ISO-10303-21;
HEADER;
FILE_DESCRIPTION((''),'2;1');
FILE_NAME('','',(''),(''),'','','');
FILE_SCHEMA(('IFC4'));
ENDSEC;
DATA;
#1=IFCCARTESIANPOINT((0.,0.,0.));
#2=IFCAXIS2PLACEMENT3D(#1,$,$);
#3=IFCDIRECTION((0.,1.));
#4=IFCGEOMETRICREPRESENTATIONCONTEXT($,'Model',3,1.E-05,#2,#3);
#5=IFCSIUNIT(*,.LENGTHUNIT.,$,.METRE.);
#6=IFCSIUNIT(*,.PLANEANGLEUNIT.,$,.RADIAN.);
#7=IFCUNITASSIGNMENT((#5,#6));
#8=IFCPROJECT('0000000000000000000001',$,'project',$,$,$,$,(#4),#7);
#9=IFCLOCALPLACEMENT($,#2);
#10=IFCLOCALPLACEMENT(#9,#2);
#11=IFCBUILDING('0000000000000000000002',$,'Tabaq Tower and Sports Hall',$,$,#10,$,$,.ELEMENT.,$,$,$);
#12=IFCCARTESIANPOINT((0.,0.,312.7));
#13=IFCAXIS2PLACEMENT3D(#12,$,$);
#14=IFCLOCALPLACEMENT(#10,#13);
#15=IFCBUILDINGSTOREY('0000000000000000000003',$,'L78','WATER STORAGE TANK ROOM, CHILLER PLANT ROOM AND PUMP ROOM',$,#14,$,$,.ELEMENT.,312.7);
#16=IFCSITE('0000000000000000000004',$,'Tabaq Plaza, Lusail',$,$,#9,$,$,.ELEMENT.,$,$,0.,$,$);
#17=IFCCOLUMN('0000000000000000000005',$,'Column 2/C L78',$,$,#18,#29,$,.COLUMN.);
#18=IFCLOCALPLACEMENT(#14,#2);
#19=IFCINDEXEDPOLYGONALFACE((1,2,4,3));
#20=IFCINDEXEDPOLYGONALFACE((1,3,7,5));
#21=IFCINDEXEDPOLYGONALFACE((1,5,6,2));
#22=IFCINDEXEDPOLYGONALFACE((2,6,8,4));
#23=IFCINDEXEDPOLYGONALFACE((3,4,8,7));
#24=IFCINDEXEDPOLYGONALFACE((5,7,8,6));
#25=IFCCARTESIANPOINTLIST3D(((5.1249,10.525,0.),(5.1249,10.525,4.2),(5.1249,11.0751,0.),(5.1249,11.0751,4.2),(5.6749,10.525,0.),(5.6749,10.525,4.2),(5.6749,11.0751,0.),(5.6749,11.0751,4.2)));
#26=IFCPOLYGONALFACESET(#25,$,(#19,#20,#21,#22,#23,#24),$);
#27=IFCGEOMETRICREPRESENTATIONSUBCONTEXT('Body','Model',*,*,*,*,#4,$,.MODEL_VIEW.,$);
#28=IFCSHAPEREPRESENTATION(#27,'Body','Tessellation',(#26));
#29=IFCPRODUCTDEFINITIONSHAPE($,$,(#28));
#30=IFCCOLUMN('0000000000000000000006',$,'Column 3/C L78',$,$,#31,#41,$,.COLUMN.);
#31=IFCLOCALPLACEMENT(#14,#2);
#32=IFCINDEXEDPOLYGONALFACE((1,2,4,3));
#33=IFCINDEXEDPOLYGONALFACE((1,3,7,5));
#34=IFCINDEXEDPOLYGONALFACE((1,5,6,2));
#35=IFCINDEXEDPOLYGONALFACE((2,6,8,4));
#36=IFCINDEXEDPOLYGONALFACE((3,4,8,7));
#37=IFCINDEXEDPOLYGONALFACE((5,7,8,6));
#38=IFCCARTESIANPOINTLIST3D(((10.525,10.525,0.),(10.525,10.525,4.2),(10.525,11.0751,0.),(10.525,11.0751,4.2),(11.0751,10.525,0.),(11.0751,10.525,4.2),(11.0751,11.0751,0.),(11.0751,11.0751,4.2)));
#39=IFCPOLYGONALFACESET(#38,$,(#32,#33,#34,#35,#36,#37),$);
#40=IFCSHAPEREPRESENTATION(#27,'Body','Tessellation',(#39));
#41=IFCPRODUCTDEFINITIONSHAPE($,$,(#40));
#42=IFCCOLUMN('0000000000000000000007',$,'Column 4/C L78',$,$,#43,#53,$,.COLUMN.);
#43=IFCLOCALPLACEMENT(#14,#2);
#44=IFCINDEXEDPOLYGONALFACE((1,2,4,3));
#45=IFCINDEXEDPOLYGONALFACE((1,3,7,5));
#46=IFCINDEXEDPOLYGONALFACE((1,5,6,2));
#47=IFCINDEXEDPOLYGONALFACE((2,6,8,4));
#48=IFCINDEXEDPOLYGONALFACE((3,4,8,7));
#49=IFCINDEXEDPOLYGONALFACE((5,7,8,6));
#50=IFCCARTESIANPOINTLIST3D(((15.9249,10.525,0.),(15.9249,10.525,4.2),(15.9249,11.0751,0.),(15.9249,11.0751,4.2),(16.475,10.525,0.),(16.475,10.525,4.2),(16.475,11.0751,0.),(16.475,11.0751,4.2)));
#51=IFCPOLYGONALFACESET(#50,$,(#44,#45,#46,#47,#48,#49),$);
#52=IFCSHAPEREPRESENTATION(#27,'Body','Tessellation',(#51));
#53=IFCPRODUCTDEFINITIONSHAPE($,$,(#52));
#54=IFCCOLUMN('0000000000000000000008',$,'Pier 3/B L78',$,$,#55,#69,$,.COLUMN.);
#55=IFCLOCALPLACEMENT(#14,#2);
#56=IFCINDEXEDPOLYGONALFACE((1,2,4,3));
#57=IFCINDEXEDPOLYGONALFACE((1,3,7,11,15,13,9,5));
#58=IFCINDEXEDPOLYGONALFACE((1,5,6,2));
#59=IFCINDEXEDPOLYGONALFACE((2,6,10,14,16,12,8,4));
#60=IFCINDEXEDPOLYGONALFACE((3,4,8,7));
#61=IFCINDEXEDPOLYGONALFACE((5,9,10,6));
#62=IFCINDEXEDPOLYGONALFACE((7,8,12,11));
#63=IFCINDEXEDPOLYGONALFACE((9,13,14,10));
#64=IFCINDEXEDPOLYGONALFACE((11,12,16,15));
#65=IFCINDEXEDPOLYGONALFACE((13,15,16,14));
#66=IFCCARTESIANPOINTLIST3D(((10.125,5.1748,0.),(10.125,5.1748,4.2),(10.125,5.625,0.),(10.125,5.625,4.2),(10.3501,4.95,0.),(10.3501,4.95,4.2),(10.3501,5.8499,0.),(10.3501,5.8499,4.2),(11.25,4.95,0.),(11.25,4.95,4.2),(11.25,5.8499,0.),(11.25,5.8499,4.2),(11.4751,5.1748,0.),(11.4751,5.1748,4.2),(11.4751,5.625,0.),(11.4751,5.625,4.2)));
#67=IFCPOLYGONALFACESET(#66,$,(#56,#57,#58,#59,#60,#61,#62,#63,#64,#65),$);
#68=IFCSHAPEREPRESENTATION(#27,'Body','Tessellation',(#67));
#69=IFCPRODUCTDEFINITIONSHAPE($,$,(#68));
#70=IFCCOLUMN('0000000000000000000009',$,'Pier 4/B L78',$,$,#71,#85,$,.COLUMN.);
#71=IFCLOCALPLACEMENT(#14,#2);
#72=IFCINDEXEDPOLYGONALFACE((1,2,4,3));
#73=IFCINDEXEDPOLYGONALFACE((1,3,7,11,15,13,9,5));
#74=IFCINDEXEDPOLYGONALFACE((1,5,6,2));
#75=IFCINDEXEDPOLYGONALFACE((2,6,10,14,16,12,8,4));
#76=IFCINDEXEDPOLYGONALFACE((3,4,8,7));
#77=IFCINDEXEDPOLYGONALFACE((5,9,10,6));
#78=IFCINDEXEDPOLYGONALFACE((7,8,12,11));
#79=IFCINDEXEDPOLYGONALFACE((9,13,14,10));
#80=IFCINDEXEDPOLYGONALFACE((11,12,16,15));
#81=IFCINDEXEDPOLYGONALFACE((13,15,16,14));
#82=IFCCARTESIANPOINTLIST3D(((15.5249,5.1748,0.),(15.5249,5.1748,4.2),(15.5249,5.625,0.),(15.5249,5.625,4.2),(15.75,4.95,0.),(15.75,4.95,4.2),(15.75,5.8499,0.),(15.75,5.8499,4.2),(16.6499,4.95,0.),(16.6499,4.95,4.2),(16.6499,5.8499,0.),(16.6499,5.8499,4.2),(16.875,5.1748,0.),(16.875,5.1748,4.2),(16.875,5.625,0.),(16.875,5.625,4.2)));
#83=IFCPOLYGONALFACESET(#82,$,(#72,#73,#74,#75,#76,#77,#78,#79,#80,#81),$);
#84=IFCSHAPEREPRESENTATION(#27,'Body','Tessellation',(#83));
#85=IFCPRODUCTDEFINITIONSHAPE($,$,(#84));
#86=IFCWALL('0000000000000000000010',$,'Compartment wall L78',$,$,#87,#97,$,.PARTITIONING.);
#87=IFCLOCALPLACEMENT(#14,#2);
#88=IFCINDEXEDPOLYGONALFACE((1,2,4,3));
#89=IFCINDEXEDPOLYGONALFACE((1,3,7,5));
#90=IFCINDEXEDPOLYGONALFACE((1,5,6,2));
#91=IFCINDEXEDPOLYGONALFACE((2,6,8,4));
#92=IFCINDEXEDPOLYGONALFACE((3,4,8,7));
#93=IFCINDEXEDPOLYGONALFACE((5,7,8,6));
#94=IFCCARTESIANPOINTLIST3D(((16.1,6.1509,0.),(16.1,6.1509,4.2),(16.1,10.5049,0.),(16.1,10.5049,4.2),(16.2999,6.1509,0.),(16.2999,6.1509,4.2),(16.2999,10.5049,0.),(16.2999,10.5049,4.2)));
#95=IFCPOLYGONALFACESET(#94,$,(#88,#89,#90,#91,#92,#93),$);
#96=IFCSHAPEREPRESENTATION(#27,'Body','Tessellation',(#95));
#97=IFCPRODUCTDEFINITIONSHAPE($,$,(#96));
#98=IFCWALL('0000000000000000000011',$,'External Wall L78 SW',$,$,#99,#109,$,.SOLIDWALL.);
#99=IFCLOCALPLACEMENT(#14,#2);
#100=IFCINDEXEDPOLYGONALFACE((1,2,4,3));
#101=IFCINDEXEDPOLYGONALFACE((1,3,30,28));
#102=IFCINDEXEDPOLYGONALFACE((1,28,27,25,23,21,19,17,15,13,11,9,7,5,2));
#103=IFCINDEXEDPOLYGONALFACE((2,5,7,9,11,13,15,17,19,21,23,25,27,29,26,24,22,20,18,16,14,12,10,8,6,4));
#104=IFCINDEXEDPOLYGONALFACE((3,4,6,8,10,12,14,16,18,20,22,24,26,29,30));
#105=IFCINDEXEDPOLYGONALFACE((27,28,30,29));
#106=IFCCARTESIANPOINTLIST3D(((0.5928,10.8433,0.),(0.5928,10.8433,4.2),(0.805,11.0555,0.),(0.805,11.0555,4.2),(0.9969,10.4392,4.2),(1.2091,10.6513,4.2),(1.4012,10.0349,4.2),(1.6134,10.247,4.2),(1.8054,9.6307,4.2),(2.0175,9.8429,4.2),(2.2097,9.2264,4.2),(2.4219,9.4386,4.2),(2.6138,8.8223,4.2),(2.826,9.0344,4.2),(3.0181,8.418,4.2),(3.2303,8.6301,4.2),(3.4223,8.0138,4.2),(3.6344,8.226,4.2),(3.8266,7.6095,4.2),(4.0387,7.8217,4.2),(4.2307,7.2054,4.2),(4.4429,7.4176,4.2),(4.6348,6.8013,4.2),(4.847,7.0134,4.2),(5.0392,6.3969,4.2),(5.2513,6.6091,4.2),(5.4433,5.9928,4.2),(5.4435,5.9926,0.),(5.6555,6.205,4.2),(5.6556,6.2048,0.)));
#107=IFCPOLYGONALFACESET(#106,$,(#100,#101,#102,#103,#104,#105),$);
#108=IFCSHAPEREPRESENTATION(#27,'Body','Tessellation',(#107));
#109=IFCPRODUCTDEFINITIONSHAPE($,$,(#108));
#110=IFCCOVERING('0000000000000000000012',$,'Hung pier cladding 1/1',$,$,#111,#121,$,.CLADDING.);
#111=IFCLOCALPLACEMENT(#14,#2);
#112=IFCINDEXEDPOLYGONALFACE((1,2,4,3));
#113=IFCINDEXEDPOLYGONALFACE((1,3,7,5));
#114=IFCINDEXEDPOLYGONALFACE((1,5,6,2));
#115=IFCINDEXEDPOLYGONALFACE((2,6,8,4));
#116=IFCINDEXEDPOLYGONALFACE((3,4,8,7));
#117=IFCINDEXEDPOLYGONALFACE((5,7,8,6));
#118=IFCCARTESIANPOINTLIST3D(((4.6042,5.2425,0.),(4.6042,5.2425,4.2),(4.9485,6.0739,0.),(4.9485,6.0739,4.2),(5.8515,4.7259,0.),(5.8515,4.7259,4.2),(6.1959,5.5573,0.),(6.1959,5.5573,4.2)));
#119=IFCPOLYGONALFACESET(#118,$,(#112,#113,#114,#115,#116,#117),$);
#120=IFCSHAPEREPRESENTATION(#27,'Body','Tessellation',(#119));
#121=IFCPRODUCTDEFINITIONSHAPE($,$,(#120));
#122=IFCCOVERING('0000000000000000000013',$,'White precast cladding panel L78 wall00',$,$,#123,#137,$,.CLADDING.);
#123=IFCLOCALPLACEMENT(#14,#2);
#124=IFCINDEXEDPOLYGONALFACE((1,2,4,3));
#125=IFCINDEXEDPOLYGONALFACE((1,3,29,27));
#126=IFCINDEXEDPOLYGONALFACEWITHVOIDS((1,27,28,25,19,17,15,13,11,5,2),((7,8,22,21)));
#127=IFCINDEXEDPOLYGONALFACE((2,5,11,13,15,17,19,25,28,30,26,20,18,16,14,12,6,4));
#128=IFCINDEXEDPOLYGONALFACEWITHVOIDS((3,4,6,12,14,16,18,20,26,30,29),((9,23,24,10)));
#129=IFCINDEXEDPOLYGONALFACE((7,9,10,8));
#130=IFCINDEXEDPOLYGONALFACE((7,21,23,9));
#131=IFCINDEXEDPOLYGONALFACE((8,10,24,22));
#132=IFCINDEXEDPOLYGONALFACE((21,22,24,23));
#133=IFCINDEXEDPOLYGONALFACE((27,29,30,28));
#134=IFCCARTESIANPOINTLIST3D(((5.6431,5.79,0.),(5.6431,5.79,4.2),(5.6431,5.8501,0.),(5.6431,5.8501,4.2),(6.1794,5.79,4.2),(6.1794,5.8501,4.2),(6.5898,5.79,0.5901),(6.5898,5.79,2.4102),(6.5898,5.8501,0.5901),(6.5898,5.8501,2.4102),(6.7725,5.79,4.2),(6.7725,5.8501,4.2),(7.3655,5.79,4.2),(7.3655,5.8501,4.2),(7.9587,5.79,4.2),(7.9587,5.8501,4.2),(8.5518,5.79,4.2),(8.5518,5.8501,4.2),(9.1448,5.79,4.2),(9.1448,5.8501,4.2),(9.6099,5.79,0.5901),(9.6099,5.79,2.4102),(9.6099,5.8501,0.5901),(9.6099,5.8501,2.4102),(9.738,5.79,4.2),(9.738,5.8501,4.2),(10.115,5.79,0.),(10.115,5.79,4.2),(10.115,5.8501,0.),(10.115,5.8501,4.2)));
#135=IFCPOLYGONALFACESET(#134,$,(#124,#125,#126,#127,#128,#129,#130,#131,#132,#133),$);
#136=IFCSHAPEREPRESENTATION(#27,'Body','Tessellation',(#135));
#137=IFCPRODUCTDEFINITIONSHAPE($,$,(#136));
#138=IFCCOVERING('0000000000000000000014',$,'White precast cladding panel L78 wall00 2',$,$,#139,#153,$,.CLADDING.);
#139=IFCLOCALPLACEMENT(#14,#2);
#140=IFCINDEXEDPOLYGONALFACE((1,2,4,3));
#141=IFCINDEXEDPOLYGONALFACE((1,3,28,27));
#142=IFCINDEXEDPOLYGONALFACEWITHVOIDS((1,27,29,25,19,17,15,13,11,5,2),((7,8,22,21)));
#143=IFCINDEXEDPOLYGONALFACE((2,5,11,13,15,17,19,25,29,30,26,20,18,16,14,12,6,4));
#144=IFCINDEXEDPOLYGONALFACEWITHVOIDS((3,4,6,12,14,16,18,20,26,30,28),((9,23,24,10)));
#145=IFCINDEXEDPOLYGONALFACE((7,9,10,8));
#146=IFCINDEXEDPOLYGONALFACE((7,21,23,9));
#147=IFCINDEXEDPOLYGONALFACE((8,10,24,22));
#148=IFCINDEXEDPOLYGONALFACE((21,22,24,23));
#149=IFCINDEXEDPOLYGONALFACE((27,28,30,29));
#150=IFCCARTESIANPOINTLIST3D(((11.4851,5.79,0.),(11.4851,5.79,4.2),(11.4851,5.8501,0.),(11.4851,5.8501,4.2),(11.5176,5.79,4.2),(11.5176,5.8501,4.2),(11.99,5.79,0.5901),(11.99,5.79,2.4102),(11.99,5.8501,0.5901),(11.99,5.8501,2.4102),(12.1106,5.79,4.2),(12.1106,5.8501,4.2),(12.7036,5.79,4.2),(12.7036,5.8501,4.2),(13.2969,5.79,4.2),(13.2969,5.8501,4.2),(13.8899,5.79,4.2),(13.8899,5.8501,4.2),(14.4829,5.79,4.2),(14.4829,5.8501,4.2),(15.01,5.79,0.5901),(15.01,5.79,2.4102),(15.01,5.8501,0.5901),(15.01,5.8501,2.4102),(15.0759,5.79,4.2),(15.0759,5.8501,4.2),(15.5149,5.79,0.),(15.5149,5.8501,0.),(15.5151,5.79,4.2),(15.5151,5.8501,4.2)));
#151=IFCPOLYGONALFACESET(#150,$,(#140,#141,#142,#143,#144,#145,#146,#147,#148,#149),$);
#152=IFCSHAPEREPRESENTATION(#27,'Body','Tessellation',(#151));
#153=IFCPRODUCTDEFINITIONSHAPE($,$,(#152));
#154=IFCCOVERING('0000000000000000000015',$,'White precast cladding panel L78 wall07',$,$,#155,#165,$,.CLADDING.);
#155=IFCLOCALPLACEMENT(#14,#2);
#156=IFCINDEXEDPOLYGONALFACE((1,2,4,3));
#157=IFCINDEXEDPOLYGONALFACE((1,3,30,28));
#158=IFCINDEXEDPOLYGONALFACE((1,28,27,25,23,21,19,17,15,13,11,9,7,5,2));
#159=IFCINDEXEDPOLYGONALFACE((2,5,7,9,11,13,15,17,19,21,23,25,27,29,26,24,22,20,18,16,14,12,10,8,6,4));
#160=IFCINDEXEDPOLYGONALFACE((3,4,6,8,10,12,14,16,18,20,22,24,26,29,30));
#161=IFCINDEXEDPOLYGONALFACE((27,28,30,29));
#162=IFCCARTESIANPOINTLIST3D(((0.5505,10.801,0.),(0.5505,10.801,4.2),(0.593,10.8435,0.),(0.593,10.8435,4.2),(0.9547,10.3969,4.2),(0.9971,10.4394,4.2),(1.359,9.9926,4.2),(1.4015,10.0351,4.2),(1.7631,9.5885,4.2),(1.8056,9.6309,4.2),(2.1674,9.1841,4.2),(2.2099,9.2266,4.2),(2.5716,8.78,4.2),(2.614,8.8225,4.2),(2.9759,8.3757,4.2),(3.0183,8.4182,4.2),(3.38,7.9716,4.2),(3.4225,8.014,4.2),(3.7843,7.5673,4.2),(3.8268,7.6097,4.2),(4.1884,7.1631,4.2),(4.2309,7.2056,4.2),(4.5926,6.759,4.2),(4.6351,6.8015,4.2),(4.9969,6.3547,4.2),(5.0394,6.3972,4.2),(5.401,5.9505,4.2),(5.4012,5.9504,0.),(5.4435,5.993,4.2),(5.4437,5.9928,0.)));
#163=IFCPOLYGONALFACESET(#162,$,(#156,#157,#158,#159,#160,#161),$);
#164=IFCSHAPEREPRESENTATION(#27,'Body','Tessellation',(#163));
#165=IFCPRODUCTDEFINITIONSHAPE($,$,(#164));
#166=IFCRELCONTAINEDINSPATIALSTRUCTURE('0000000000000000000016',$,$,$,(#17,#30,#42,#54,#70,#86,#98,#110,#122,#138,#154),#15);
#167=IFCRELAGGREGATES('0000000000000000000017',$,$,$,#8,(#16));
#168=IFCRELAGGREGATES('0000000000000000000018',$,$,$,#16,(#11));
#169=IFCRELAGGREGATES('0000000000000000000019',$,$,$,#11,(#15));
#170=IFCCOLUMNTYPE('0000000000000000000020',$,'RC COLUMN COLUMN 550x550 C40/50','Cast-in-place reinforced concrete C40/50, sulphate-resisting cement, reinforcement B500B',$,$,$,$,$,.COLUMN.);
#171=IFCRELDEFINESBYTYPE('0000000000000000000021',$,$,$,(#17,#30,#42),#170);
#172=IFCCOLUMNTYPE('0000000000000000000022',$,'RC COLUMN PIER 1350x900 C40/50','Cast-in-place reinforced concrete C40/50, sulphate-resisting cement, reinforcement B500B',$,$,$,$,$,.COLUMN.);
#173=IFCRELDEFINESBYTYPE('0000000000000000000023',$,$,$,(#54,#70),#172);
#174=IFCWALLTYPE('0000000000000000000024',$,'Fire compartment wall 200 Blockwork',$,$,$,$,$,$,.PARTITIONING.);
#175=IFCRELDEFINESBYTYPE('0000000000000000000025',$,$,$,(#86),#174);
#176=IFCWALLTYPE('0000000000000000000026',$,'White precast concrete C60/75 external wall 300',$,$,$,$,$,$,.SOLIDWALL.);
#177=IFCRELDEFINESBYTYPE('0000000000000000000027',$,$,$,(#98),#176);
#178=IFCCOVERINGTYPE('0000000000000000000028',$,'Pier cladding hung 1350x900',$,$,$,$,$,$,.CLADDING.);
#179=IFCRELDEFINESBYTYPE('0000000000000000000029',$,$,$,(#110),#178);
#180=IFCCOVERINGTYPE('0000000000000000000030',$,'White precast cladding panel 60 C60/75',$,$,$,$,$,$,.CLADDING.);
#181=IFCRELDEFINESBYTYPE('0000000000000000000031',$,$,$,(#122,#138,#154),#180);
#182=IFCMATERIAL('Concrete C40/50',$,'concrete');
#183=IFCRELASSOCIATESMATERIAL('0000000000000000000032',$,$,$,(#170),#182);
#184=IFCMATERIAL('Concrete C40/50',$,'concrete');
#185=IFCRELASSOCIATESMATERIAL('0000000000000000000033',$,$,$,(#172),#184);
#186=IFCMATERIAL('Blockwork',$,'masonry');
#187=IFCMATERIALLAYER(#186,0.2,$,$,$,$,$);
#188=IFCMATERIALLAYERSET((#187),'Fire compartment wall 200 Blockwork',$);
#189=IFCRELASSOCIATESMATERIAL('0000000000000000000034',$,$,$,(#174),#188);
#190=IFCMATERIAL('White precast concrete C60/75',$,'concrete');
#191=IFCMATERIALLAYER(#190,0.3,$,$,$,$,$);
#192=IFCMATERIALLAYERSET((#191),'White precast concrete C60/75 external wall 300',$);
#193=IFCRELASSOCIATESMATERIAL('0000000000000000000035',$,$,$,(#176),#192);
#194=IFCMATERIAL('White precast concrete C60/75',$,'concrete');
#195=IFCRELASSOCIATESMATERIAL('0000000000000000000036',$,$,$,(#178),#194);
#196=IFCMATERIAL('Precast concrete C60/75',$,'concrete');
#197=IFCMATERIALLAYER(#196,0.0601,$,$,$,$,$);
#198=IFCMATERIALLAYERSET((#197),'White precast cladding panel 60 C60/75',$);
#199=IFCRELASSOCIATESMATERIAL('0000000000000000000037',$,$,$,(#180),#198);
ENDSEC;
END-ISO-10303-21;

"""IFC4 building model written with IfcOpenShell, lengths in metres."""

from ifc_helpers import new_model, si_unit, direction, frame, frame_2d, origin, origin_2d, place, context, subcontext, project, spatial, polyline, rectangle, outline, extrude, material, layer, layer_set, material_profile, profile_set, type_object, element, save


model = new_model("IFC4")

# Units and contexts
model_context = context("Model", 3, precision=1e-05, world=origin(), true_north=direction((0.0, 1.0)))
body_context = subcontext(model_context, "Body", "Model", "MODEL_VIEW")
ifc_project = project(units=[si_unit("LENGTHUNIT", "METRE"), si_unit("PLANEANGLEUNIT", "RADIAN")], contexts=[model_context])

# Site, building, storey
site_placement = place(None, origin())
site = spatial("IfcSite", under=ifc_project, at=site_placement, Name="Tabaq Plaza, Lusail", CompositionType="ELEMENT", RefElevation=0.0)
building_placement = place(site_placement, origin())
building = spatial("IfcBuilding", under=site, at=building_placement, Name="Tabaq Tower and Sports Hall", CompositionType="ELEMENT")
storey_placement = place(building_placement, frame((0.0, 0.0, 312.7)))
storey = spatial("IfcBuildingStorey", under=building, at=storey_placement, Name="L78", Description="WATER STORAGE TANK ROOM, CHILLER PLANT ROOM AND PUMP ROOM", CompositionType="ELEMENT", Elevation=312.7)

# Columns
ifc_material_1 = material(Name="Concrete C40/50", Category="concrete")
ifc_material_profile_1 = material_profile(ifc_material_1, rectangle(XDim=0.55, YDim=0.55, at=origin_2d()), Name="COLUMN 550x550")
ifc_profile_set_1 = profile_set([ifc_material_profile_1], Name="Concrete C40/50")
column_type_1 = type_object("IfcColumnType", Name="RC COLUMN COLUMN 550x550 C40/50", Description="Cast-in-place reinforced concrete C40/50, sulphate-resisting cement, reinforcement B500B", PredefinedType="COLUMN", material=ifc_profile_set_1)
for number, where, z_axis, x_axis, name in (
    (1, (5.3999, 10.8, 0.0), (0.0, 0.0, 1.0), (1.0, 0.0, 0.0), "Column 2/C L78"),
    (2, (10.8, 10.8, 0.0), (0.0, 0.0, 1.0), (1.0, 0.0, 0.0), "Column 3/C L78"),
    (3, (16.2, 10.8, 0.0), (0.0, 0.0, 1.0), (1.0, 0.0, 0.0), "Column 4/C L78"),
):
    element("IfcColumn", number, at=place(storey_placement, frame(where, z_axis=z_axis, x_axis=x_axis)), inside=storey, type_object=column_type_1, Name=name, PredefinedType="COLUMN", context=body_context, shape_type="SweptSolid", body=[
        extrude(rectangle(XDim=0.55, YDim=0.55, at=origin_2d()), origin(), (0.0, 0.0, 1.0), 4.2),
    ])
ifc_material_2 = material(Name="Concrete C40/50", Category="concrete")
ifc_material_profile_2 = material_profile(ifc_material_2, outline(polyline([(-0.45, -0.45), (0.45, -0.45), (0.675, -0.2251), (0.675, 0.2251), (0.45, 0.45), (-0.45, 0.45), (-0.675, 0.2251), (-0.675, -0.2251), (-0.45, -0.45)])), Name="PIER 1350x900")
ifc_profile_set_2 = profile_set([ifc_material_profile_2], Name="Concrete C40/50")
column_type_2 = type_object("IfcColumnType", Name="RC COLUMN PIER 1350x900 C40/50", Description="Cast-in-place reinforced concrete C40/50, sulphate-resisting cement, reinforcement B500B", PredefinedType="COLUMN", material=ifc_profile_set_2)
for number, where, z_axis, x_axis, name in (
    (4, (10.8, 5.3999, 0.0), (0.0, 0.0, 1.0), (1.0, 0.0, 0.0), "Pier 3/B L78"),
    (5, (16.2, 5.3999, 0.0), (0.0, 0.0, 1.0), (1.0, 0.0, 0.0), "Pier 4/B L78"),
):
    element("IfcColumn", number, at=place(storey_placement, frame(where, z_axis=z_axis, x_axis=x_axis)), inside=storey, type_object=column_type_2, Name=name, PredefinedType="COLUMN", context=body_context, shape_type="SweptSolid", body=[
        extrude(outline(polyline([(-0.45, -0.45), (0.45, -0.45), (0.675, -0.2251), (0.675, 0.2251), (0.45, 0.45), (-0.45, 0.45), (-0.675, 0.2251), (-0.675, -0.2251), (-0.45, -0.45)])), origin(), (0.0, 0.0, 1.0), 4.2),
    ])

# Wall
ifc_material_3 = material(Name="Blockwork", Category="masonry")
ifc_layer_1 = layer(ifc_material_3, 0.2)
ifc_layer_set_1 = layer_set([ifc_layer_1], Name="Fire compartment wall 200 Blockwork")
wall_type_1 = type_object("IfcWallType", Name="Fire compartment wall 200 Blockwork", PredefinedType="PARTITIONING", material=ifc_layer_set_1)
wall_1_placement = place(storey_placement, frame((16.2, 10.5049, 0.0), z_axis=(0.0, 0.0, 1.0), x_axis=(0.0, -1.0, 0.0)))
element("IfcWall", 6, at=wall_1_placement, inside=storey, type_object=wall_type_1, Name="Compartment wall L78", PredefinedType="PARTITIONING", context=body_context, shape_type="SweptSolid", body=[
    extrude(rectangle(XDim=4.354, YDim=0.2, at=frame_2d((2.177, 0.0))), origin(), (0.0, 0.0, 1.0), 4.2),
])

# Shared definitions
ifc_material_4 = material(Name="White precast concrete C60/75", Category="concrete")
ifc_layer_2 = layer(ifc_material_4, 0.3)
ifc_layer_set_2 = layer_set([ifc_layer_2], Name="White precast concrete C60/75 external wall 300")
wall_type_2 = type_object("IfcWallType", Name="White precast concrete C60/75 external wall 300", PredefinedType="SOLIDWALL", material=ifc_layer_set_2)

# Wall
wall_2_placement = place(storey_placement, frame((0.699, 10.9495, 0.0), z_axis=(0.0, 0.0, 1.0), x_axis=(0.707107, -0.707107, 0.0)))
element("IfcWall", 7, at=wall_2_placement, inside=storey, type_object=wall_type_2, Name="External Wall L78 SW", PredefinedType="SOLIDWALL", context=body_context, shape_type="SweptSolid", body=[
    extrude(outline(polyline([(0.0, 0.0), (6.8599, 0.0), (6.8596, 4.2), (6.2881, 4.2), (5.7163, 4.2), (5.1448, 4.2), (4.5732, 4.2), (4.0015, 4.2), (3.4299, 4.2), (2.8582, 4.2), (2.2866, 4.2), (1.7148, 4.2), (1.1433, 4.2), (0.5715, 4.2), (0.0, 4.2), (0.0, 0.0)])), frame((0.0, 0.1499, 0.0), z_axis=(0.0, -1.0, 0.0), x_axis=(1.0, 0.0, 0.0)), (0.0, 0.0, 1.0), 0.3),
])

# Coverings
ifc_material_5 = material(Name="White precast concrete C60/75", Category="concrete")
covering_type_1 = type_object("IfcCoveringType", Name="Pier cladding hung 1350x900", PredefinedType="CLADDING", material=ifc_material_5)
covering_1_placement = place(storey_placement, frame((4.7764, 5.6582, 0.0), z_axis=(0.0, 0.0, 1.0), x_axis=(0.923893, -0.38265, 0.0)))
element("IfcCovering", 8, at=covering_1_placement, inside=storey, type_object=covering_type_1, Name="Hung pier cladding 1/1", PredefinedType="CLADDING", context=body_context, shape_type="SweptSolid", body=[
    extrude(rectangle(XDim=1.3501, YDim=0.8999, at=frame_2d((0.675, 0.0))), origin(), (0.0, 0.0, 1.0), 4.2),
])
ifc_material_6 = material(Name="Precast concrete C60/75", Category="concrete")
ifc_layer_3 = layer(ifc_material_6, 0.0601)
ifc_layer_set_3 = layer_set([ifc_layer_3], Name="White precast cladding panel 60 C60/75")
covering_type_2 = type_object("IfcCoveringType", Name="White precast cladding panel 60 C60/75", PredefinedType="CLADDING", material=ifc_layer_set_3)
covering_2_placement = place(storey_placement, frame((5.6431, 5.8201, 0.0), z_axis=(0.0, 0.0, 1.0), x_axis=(1.0, 0.0, 0.0)))
element("IfcCovering", 9, at=covering_2_placement, inside=storey, type_object=covering_type_2, Name="White precast cladding panel L78 wall00", PredefinedType="CLADDING", context=body_context, shape_type="SweptSolid", body=[
    extrude(outline(polyline([(0.0, 0.0), (4.4719, 0.0), (4.4719, 4.2), (4.095, 4.2), (3.5017, 4.2), (2.9087, 4.2), (2.3157, 4.2), (1.7224, 4.2), (1.1294, 4.2), (0.5364, 4.2), (0.0, 4.2), (0.0, 0.0)]), holes=[polyline([(0.9468, 0.5901), (0.9468, 2.4102), (3.9668, 2.4102), (3.9668, 0.5901), (0.9468, 0.5901)])]), frame((0.0, 0.03, 0.0), z_axis=(0.0, -1.0, 0.0), x_axis=(1.0, 0.0, 0.0)), (0.0, 0.0, 1.0), 0.0601),
])
covering_3_placement = place(storey_placement, frame((11.4851, 5.8201, 0.0), z_axis=(0.0, 0.0, 1.0), x_axis=(1.0, 0.0, 0.0)))
element("IfcCovering", 10, at=covering_3_placement, inside=storey, type_object=covering_type_2, Name="White precast cladding panel L78 wall00 2", PredefinedType="CLADDING", context=body_context, shape_type="SweptSolid", body=[
    extrude(outline(polyline([(0.0, 0.0), (4.0298, 0.0), (4.03, 4.2), (3.5908, 4.2), (2.9978, 4.2), (2.4048, 4.2), (1.8118, 4.2), (1.2185, 4.2), (0.6255, 4.2), (0.0325, 4.2), (0.0, 4.2), (0.0, 0.0)]), holes=[polyline([(0.5049, 0.5901), (0.5049, 2.4102), (3.5249, 2.4102), (3.5249, 0.5901), (0.5049, 0.5901)])]), frame((0.0, 0.03, 0.0), z_axis=(0.0, -1.0, 0.0), x_axis=(1.0, 0.0, 0.0)), (0.0, 0.0, 1.0), 0.0601),
])
covering_4_placement = place(storey_placement, frame((0.5718, 10.8223, 0.0), z_axis=(0.0, 0.0, 1.0), x_axis=(0.707107, -0.707107, 0.0)))
element("IfcCovering", 11, at=covering_4_placement, inside=storey, type_object=covering_type_2, Name="White precast cladding panel L78 wall07", PredefinedType="CLADDING", context=body_context, shape_type="SweptSolid", body=[
    extrude(outline(polyline([(0.0, 0.0), (6.8599, 0.0), (6.8596, 4.2), (6.2881, 4.2), (5.7163, 4.2), (5.1448, 4.2), (4.5732, 4.2), (4.0015, 4.2), (3.4299, 4.2), (2.8582, 4.2), (2.2866, 4.2), (1.7148, 4.2), (1.1433, 4.2), (0.5715, 4.2), (0.0, 4.2), (0.0, 0.0)])), frame((0.0, 0.03, 0.0), z_axis=(0.0, -1.0, 0.0), x_axis=(1.0, 0.0, 0.0)), (0.0, 0.0, 1.0), 0.0601),
])

save(model, "model.ifc")
